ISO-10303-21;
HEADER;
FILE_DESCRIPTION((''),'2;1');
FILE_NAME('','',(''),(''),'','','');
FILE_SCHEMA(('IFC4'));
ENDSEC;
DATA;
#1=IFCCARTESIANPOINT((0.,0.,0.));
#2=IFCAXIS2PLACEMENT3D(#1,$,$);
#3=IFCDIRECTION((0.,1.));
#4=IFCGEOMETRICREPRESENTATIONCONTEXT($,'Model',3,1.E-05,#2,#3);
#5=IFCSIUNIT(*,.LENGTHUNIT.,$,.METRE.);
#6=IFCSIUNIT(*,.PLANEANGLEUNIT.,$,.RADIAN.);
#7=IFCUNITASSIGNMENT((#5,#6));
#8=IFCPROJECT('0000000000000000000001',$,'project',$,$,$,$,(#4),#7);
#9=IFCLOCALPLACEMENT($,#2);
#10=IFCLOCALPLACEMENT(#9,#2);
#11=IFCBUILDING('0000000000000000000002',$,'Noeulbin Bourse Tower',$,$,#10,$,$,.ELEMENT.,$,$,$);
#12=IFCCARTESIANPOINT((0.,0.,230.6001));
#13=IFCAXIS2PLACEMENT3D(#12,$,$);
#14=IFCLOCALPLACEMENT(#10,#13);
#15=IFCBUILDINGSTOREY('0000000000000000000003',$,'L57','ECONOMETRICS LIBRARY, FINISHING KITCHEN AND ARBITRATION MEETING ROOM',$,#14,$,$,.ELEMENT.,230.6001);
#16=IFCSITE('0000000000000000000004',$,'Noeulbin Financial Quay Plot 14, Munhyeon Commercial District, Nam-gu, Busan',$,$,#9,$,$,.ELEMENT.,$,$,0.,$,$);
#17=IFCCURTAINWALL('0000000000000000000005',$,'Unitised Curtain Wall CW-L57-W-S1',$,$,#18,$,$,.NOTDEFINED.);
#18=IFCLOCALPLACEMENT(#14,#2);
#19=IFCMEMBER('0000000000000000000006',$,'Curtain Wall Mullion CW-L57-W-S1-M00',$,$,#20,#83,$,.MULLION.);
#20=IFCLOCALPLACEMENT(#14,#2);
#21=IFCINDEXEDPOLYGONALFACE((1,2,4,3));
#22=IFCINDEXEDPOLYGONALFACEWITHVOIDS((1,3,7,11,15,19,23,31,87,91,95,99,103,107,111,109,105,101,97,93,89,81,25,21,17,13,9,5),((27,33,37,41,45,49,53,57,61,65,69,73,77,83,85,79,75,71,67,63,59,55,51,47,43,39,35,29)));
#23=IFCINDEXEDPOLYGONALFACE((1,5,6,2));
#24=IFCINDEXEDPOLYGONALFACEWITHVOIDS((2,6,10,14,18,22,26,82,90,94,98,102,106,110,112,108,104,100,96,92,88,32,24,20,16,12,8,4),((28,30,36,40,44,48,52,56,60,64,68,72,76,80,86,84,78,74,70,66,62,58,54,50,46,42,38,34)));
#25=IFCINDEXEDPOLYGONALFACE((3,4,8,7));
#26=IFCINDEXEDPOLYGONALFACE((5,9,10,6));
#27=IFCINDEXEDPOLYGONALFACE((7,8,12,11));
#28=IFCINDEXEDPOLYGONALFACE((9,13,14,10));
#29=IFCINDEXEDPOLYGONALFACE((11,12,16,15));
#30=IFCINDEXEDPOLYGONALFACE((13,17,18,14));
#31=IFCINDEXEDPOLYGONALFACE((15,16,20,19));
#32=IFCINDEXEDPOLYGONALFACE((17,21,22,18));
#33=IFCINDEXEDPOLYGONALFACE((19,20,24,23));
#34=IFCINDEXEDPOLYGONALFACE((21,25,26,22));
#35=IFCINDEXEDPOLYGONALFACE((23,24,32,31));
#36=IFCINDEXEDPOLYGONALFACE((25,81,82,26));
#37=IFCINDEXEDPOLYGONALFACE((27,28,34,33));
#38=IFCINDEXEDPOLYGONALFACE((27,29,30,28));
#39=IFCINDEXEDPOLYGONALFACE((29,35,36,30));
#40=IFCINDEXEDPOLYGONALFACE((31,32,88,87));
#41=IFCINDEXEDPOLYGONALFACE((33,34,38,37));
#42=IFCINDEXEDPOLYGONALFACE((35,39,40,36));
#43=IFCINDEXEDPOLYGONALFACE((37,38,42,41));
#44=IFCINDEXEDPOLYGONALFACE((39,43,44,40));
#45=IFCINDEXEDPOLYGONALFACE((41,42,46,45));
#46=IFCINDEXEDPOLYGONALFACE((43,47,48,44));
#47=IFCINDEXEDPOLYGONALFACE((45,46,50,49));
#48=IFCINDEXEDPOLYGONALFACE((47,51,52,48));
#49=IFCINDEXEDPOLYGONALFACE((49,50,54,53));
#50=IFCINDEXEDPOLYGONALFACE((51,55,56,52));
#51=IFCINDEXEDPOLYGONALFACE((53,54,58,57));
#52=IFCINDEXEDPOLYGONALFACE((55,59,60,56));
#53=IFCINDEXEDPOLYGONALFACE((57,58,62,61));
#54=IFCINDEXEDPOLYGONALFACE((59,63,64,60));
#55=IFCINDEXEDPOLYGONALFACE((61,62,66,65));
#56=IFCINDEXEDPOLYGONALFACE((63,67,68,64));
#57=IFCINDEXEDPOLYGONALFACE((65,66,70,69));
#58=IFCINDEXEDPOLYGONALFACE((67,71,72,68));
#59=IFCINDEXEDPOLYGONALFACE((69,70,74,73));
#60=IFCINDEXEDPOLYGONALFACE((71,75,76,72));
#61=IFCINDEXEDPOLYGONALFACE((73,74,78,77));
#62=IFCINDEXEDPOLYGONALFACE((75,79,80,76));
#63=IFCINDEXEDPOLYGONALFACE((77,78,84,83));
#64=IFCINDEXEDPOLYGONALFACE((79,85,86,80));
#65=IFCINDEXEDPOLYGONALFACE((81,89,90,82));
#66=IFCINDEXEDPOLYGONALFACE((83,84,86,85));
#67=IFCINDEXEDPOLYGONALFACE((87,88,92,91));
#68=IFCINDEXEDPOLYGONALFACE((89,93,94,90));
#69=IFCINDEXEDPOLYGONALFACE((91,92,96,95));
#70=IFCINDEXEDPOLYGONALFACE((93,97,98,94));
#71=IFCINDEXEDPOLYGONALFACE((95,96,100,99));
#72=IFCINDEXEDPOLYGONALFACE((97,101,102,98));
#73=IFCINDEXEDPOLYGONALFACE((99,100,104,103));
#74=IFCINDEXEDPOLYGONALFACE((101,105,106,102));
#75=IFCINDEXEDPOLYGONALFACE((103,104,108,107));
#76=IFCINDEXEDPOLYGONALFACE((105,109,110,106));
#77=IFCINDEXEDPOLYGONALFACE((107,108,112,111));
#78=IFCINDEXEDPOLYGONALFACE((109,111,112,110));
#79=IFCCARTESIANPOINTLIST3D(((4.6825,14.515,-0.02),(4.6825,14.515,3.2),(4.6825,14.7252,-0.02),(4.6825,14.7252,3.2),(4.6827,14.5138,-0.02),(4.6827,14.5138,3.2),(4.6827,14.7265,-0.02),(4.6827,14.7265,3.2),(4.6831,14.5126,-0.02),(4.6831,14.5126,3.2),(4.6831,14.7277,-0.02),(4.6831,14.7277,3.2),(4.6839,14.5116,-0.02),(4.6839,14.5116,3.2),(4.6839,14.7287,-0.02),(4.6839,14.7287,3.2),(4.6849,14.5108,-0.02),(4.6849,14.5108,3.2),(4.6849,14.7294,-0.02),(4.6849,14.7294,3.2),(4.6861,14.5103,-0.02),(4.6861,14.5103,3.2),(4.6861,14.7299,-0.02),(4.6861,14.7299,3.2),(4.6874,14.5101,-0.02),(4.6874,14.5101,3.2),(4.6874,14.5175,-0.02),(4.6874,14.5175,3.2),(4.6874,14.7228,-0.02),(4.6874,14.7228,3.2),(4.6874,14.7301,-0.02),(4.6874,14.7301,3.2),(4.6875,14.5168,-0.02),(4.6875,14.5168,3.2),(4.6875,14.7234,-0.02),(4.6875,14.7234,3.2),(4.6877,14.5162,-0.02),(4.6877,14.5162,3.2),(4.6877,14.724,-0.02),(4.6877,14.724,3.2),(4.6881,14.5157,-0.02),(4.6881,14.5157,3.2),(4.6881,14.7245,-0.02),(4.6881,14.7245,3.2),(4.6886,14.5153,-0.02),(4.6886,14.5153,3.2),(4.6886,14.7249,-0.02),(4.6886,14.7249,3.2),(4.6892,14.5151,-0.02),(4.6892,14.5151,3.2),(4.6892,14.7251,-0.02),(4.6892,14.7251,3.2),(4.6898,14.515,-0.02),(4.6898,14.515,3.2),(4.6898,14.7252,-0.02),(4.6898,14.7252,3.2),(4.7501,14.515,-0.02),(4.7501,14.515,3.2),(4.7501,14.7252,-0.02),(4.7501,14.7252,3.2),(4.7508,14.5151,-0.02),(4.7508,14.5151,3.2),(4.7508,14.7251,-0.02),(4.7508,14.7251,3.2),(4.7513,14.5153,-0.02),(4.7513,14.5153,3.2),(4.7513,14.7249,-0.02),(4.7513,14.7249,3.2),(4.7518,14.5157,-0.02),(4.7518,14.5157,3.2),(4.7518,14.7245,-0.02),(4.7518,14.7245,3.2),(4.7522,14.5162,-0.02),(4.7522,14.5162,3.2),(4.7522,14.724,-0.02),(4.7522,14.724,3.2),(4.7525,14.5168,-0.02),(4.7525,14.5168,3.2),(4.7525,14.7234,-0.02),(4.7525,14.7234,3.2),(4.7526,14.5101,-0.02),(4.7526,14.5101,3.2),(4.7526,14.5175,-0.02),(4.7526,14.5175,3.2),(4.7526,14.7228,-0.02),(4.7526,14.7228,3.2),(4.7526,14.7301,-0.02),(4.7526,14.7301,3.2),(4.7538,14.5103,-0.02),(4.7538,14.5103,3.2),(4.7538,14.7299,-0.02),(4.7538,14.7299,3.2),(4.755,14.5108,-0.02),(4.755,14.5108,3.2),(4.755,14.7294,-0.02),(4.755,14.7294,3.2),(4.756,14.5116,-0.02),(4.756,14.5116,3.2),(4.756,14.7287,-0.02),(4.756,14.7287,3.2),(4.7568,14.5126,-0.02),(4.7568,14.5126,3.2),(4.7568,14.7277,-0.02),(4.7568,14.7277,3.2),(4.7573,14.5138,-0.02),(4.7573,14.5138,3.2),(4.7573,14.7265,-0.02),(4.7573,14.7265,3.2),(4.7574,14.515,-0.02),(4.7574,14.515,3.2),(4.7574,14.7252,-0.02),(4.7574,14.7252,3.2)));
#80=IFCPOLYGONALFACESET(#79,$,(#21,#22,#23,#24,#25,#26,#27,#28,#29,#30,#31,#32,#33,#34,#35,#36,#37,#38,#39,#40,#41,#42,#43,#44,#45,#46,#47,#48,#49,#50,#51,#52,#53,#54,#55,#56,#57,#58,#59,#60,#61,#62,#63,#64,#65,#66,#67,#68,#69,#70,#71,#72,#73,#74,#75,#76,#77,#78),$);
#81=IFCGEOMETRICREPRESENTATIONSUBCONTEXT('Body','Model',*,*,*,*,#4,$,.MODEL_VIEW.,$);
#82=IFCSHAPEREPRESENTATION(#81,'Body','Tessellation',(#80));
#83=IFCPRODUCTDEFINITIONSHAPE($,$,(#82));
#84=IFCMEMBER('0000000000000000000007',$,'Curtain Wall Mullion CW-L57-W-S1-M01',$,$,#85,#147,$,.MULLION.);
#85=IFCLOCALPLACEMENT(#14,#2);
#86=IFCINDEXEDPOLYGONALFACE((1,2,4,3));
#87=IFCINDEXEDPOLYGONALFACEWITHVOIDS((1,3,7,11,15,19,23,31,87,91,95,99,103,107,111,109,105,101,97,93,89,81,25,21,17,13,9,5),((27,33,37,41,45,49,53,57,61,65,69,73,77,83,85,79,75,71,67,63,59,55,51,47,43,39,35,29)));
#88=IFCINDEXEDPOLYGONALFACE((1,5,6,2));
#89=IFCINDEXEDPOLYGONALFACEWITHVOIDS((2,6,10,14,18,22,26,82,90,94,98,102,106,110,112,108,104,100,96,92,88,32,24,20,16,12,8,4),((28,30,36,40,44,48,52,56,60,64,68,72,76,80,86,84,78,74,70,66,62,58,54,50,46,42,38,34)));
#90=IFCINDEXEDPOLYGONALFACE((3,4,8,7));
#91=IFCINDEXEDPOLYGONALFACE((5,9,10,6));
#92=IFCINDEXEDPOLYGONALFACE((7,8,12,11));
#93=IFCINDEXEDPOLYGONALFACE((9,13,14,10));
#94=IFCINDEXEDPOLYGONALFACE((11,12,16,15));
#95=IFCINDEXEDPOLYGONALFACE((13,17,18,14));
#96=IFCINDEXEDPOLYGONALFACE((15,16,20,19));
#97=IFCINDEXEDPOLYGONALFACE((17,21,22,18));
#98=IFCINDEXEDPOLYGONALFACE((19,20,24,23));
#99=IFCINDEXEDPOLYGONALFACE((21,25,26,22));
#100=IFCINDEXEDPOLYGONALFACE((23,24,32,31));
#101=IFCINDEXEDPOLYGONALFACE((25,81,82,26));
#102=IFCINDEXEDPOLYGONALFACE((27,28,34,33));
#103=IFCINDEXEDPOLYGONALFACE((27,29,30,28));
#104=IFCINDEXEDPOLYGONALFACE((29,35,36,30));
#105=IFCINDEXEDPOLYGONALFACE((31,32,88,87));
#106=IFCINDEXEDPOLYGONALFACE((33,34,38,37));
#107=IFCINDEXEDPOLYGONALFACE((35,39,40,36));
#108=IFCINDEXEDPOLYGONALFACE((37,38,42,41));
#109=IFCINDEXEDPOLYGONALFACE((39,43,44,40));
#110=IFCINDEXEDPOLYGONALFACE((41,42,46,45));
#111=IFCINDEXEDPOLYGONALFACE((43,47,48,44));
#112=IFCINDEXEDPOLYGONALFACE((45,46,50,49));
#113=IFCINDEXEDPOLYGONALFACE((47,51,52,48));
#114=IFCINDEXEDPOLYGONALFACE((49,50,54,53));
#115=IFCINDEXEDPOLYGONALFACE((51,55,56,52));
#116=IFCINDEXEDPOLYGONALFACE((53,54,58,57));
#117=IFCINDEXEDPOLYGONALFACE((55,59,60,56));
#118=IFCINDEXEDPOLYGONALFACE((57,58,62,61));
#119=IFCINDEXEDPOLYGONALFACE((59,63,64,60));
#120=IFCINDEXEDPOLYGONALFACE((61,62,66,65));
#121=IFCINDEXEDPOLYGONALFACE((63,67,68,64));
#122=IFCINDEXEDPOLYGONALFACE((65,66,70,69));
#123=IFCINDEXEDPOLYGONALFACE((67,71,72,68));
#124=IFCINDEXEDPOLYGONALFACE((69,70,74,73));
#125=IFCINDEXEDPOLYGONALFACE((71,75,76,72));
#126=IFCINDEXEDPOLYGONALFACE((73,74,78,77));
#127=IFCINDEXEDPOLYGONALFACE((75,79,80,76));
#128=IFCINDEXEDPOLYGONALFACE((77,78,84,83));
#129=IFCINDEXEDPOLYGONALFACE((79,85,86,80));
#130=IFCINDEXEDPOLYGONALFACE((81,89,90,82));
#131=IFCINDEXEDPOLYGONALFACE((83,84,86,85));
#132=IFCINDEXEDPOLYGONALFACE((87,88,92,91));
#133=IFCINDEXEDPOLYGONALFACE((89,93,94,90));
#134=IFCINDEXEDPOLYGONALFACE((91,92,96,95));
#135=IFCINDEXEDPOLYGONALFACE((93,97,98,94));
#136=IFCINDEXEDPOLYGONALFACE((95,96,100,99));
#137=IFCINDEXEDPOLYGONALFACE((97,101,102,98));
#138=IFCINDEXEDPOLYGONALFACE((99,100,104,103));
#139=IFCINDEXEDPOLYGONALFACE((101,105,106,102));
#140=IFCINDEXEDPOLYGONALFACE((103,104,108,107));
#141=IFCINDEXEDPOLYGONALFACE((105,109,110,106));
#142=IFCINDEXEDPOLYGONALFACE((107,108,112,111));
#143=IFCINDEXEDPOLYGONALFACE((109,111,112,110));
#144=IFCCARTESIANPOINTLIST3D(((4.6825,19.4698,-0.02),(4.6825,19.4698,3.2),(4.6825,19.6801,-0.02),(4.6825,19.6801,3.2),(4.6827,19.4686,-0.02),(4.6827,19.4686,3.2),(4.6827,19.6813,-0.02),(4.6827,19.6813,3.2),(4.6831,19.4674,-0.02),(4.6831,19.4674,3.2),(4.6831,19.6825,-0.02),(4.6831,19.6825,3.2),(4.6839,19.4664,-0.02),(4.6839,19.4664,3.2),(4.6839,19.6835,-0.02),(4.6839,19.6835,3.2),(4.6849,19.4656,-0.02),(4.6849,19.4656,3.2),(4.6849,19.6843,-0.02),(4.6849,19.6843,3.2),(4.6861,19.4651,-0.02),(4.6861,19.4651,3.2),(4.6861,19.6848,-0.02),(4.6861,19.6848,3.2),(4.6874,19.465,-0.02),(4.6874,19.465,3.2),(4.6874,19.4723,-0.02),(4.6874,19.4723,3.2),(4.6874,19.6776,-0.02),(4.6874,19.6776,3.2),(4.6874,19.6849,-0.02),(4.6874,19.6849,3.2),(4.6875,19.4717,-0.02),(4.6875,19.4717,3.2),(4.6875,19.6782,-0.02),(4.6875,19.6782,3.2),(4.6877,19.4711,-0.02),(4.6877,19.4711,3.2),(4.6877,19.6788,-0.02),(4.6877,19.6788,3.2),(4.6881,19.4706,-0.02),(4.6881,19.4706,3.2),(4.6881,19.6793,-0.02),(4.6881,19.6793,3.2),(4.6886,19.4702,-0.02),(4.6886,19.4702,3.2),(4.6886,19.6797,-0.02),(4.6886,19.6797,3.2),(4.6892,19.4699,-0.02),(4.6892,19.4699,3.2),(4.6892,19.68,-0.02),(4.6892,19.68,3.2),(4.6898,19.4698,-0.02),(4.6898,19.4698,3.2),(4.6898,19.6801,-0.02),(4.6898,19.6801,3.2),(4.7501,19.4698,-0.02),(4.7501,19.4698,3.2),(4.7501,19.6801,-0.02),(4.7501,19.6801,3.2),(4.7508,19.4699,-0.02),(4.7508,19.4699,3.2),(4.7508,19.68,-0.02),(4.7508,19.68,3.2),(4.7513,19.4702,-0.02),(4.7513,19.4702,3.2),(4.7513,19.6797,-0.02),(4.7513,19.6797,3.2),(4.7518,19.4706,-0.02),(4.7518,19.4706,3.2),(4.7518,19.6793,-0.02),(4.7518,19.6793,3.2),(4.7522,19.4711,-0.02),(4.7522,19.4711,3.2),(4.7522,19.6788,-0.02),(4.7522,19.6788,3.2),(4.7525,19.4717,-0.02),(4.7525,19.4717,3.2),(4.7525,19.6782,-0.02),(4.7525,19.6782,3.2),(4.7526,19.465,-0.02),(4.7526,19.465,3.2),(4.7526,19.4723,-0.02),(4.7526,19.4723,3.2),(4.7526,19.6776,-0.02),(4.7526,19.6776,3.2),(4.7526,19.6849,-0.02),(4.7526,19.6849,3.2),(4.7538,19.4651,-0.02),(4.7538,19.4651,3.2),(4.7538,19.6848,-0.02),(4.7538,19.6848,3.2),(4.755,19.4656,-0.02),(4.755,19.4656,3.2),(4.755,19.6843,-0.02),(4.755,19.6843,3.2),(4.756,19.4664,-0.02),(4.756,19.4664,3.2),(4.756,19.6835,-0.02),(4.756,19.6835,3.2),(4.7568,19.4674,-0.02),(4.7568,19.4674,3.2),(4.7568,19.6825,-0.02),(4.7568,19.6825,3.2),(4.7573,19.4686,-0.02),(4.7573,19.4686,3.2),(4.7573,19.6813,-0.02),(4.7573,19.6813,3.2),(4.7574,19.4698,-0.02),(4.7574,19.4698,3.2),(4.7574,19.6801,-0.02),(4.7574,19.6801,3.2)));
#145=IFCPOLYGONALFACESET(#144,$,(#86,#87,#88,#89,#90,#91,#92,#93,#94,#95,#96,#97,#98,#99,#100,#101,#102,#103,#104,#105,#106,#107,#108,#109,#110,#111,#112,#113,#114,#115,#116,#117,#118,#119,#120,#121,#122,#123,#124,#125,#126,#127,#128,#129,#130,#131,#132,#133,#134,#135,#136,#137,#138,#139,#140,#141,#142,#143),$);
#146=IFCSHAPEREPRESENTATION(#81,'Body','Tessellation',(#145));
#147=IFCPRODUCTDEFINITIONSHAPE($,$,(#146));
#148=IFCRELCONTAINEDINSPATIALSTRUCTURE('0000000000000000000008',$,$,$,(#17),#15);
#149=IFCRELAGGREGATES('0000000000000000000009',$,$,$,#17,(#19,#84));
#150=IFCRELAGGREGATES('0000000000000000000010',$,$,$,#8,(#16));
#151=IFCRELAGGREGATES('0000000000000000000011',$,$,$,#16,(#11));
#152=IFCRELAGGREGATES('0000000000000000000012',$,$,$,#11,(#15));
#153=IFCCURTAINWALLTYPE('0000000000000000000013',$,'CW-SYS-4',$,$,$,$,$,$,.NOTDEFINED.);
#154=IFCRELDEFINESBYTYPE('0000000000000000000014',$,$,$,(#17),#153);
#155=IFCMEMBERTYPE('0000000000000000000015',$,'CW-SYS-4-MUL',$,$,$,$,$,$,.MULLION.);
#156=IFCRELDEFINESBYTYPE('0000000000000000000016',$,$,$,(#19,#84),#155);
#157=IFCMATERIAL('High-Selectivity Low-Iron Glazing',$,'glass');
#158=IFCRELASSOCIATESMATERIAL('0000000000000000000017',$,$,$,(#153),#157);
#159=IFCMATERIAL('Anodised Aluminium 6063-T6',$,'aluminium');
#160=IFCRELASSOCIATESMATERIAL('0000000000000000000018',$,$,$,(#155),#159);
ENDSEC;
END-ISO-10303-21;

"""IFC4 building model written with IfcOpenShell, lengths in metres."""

from ifc_helpers import new_model, si_unit, direction, frame, origin, origin_2d, place, context, subcontext, project, spatial, hollow_rectangle, extrude, material, material_profile, profile_set, type_object, element, aggregate, save


model = new_model("IFC4")

# Units and contexts
model_context = context("Model", 3, precision=1e-05, world=origin(), true_north=direction((0.0, 1.0)))
body_context = subcontext(model_context, "Body", "Model", "MODEL_VIEW")
ifc_project = project(units=[si_unit("LENGTHUNIT", "METRE"), si_unit("PLANEANGLEUNIT", "RADIAN")], contexts=[model_context])

# Site, building, storey
site_placement = place(None, origin())
site = spatial("IfcSite", under=ifc_project, at=site_placement, Name="Noeulbin Financial Quay Plot 14, Munhyeon Commercial District, Nam-gu, Busan", CompositionType="ELEMENT", RefElevation=0.0)
building_placement = place(site_placement, origin())
building = spatial("IfcBuilding", under=site, at=building_placement, Name="Noeulbin Bourse Tower", CompositionType="ELEMENT")
storey_placement = place(building_placement, frame((0.0, 0.0, 230.6001)))
storey = spatial("IfcBuildingStorey", under=building, at=storey_placement, Name="L57", Description="ECONOMETRICS LIBRARY, FINISHING KITCHEN AND ARBITRATION MEETING ROOM", CompositionType="ELEMENT", Elevation=230.6001)

# Curtain wall, members
ifc_material_1 = material(Name="High-Selectivity Low-Iron Glazing", Category="glass")
curtain_wall_type = type_object("IfcCurtainWallType", Name="CW-SYS-4", PredefinedType="NOTDEFINED", material=ifc_material_1)
curtain_wall_1_placement = place(storey_placement, origin())
curtain_wall_1 = element("IfcCurtainWall", 1, at=curtain_wall_1_placement, inside=storey, type_object=curtain_wall_type, Name="Unitised Curtain Wall CW-L57-W-S1", PredefinedType="NOTDEFINED")
ifc_material_2 = material(Name="Anodised Aluminium 6063-T6", Category="aluminium")
ifc_material_profile_1 = material_profile(ifc_material_2, hollow_rectangle(XDim=0.075, YDim=0.22, WallThickness=0.0049, InnerFilletRadius=0.0024, OuterFilletRadius=0.0049, at=origin_2d()), Name="ALU-MULL-75x220x5", Category="LoadBearing")
ifc_profile_set_1 = profile_set([ifc_material_profile_1], Name="Anodised Aluminium 6063-T6")
member_type_1 = type_object("IfcMemberType", Name="CW-SYS-4-MUL", PredefinedType="MULLION", material=ifc_profile_set_1)
member_1_placement = place(storey_placement, frame((4.72, 14.6201, -0.02), z_axis=(0.0, 0.0, 1.0), x_axis=(1.0, 0.0, 0.0)))
member_1 = element("IfcMember", 2, at=member_1_placement, type_object=member_type_1, Name="Curtain Wall Mullion CW-L57-W-S1-M00", PredefinedType="MULLION", context=body_context, shape_type="SweptSolid", body=[
    extrude(hollow_rectangle(XDim=0.075, YDim=0.22, WallThickness=0.0049, InnerFilletRadius=0.0024, OuterFilletRadius=0.0049, at=origin_2d()), origin(), (0.0, 0.0, 1.0), 3.22),
])
member_2_placement = place(storey_placement, frame((4.72, 19.575, -0.02), z_axis=(0.0, 0.0, 1.0), x_axis=(1.0, 0.0, 0.0)))
member_2 = element("IfcMember", 3, at=member_2_placement, type_object=member_type_1, Name="Curtain Wall Mullion CW-L57-W-S1-M01", PredefinedType="MULLION", context=body_context, shape_type="SweptSolid", body=[
    extrude(hollow_rectangle(XDim=0.075, YDim=0.22, WallThickness=0.0049, InnerFilletRadius=0.0024, OuterFilletRadius=0.0049, at=origin_2d()), origin(), (0.0, 0.0, 1.0), 3.22),
])

aggregate(curtain_wall_1, [member_1, member_2])

save(model, "model.ifc")
